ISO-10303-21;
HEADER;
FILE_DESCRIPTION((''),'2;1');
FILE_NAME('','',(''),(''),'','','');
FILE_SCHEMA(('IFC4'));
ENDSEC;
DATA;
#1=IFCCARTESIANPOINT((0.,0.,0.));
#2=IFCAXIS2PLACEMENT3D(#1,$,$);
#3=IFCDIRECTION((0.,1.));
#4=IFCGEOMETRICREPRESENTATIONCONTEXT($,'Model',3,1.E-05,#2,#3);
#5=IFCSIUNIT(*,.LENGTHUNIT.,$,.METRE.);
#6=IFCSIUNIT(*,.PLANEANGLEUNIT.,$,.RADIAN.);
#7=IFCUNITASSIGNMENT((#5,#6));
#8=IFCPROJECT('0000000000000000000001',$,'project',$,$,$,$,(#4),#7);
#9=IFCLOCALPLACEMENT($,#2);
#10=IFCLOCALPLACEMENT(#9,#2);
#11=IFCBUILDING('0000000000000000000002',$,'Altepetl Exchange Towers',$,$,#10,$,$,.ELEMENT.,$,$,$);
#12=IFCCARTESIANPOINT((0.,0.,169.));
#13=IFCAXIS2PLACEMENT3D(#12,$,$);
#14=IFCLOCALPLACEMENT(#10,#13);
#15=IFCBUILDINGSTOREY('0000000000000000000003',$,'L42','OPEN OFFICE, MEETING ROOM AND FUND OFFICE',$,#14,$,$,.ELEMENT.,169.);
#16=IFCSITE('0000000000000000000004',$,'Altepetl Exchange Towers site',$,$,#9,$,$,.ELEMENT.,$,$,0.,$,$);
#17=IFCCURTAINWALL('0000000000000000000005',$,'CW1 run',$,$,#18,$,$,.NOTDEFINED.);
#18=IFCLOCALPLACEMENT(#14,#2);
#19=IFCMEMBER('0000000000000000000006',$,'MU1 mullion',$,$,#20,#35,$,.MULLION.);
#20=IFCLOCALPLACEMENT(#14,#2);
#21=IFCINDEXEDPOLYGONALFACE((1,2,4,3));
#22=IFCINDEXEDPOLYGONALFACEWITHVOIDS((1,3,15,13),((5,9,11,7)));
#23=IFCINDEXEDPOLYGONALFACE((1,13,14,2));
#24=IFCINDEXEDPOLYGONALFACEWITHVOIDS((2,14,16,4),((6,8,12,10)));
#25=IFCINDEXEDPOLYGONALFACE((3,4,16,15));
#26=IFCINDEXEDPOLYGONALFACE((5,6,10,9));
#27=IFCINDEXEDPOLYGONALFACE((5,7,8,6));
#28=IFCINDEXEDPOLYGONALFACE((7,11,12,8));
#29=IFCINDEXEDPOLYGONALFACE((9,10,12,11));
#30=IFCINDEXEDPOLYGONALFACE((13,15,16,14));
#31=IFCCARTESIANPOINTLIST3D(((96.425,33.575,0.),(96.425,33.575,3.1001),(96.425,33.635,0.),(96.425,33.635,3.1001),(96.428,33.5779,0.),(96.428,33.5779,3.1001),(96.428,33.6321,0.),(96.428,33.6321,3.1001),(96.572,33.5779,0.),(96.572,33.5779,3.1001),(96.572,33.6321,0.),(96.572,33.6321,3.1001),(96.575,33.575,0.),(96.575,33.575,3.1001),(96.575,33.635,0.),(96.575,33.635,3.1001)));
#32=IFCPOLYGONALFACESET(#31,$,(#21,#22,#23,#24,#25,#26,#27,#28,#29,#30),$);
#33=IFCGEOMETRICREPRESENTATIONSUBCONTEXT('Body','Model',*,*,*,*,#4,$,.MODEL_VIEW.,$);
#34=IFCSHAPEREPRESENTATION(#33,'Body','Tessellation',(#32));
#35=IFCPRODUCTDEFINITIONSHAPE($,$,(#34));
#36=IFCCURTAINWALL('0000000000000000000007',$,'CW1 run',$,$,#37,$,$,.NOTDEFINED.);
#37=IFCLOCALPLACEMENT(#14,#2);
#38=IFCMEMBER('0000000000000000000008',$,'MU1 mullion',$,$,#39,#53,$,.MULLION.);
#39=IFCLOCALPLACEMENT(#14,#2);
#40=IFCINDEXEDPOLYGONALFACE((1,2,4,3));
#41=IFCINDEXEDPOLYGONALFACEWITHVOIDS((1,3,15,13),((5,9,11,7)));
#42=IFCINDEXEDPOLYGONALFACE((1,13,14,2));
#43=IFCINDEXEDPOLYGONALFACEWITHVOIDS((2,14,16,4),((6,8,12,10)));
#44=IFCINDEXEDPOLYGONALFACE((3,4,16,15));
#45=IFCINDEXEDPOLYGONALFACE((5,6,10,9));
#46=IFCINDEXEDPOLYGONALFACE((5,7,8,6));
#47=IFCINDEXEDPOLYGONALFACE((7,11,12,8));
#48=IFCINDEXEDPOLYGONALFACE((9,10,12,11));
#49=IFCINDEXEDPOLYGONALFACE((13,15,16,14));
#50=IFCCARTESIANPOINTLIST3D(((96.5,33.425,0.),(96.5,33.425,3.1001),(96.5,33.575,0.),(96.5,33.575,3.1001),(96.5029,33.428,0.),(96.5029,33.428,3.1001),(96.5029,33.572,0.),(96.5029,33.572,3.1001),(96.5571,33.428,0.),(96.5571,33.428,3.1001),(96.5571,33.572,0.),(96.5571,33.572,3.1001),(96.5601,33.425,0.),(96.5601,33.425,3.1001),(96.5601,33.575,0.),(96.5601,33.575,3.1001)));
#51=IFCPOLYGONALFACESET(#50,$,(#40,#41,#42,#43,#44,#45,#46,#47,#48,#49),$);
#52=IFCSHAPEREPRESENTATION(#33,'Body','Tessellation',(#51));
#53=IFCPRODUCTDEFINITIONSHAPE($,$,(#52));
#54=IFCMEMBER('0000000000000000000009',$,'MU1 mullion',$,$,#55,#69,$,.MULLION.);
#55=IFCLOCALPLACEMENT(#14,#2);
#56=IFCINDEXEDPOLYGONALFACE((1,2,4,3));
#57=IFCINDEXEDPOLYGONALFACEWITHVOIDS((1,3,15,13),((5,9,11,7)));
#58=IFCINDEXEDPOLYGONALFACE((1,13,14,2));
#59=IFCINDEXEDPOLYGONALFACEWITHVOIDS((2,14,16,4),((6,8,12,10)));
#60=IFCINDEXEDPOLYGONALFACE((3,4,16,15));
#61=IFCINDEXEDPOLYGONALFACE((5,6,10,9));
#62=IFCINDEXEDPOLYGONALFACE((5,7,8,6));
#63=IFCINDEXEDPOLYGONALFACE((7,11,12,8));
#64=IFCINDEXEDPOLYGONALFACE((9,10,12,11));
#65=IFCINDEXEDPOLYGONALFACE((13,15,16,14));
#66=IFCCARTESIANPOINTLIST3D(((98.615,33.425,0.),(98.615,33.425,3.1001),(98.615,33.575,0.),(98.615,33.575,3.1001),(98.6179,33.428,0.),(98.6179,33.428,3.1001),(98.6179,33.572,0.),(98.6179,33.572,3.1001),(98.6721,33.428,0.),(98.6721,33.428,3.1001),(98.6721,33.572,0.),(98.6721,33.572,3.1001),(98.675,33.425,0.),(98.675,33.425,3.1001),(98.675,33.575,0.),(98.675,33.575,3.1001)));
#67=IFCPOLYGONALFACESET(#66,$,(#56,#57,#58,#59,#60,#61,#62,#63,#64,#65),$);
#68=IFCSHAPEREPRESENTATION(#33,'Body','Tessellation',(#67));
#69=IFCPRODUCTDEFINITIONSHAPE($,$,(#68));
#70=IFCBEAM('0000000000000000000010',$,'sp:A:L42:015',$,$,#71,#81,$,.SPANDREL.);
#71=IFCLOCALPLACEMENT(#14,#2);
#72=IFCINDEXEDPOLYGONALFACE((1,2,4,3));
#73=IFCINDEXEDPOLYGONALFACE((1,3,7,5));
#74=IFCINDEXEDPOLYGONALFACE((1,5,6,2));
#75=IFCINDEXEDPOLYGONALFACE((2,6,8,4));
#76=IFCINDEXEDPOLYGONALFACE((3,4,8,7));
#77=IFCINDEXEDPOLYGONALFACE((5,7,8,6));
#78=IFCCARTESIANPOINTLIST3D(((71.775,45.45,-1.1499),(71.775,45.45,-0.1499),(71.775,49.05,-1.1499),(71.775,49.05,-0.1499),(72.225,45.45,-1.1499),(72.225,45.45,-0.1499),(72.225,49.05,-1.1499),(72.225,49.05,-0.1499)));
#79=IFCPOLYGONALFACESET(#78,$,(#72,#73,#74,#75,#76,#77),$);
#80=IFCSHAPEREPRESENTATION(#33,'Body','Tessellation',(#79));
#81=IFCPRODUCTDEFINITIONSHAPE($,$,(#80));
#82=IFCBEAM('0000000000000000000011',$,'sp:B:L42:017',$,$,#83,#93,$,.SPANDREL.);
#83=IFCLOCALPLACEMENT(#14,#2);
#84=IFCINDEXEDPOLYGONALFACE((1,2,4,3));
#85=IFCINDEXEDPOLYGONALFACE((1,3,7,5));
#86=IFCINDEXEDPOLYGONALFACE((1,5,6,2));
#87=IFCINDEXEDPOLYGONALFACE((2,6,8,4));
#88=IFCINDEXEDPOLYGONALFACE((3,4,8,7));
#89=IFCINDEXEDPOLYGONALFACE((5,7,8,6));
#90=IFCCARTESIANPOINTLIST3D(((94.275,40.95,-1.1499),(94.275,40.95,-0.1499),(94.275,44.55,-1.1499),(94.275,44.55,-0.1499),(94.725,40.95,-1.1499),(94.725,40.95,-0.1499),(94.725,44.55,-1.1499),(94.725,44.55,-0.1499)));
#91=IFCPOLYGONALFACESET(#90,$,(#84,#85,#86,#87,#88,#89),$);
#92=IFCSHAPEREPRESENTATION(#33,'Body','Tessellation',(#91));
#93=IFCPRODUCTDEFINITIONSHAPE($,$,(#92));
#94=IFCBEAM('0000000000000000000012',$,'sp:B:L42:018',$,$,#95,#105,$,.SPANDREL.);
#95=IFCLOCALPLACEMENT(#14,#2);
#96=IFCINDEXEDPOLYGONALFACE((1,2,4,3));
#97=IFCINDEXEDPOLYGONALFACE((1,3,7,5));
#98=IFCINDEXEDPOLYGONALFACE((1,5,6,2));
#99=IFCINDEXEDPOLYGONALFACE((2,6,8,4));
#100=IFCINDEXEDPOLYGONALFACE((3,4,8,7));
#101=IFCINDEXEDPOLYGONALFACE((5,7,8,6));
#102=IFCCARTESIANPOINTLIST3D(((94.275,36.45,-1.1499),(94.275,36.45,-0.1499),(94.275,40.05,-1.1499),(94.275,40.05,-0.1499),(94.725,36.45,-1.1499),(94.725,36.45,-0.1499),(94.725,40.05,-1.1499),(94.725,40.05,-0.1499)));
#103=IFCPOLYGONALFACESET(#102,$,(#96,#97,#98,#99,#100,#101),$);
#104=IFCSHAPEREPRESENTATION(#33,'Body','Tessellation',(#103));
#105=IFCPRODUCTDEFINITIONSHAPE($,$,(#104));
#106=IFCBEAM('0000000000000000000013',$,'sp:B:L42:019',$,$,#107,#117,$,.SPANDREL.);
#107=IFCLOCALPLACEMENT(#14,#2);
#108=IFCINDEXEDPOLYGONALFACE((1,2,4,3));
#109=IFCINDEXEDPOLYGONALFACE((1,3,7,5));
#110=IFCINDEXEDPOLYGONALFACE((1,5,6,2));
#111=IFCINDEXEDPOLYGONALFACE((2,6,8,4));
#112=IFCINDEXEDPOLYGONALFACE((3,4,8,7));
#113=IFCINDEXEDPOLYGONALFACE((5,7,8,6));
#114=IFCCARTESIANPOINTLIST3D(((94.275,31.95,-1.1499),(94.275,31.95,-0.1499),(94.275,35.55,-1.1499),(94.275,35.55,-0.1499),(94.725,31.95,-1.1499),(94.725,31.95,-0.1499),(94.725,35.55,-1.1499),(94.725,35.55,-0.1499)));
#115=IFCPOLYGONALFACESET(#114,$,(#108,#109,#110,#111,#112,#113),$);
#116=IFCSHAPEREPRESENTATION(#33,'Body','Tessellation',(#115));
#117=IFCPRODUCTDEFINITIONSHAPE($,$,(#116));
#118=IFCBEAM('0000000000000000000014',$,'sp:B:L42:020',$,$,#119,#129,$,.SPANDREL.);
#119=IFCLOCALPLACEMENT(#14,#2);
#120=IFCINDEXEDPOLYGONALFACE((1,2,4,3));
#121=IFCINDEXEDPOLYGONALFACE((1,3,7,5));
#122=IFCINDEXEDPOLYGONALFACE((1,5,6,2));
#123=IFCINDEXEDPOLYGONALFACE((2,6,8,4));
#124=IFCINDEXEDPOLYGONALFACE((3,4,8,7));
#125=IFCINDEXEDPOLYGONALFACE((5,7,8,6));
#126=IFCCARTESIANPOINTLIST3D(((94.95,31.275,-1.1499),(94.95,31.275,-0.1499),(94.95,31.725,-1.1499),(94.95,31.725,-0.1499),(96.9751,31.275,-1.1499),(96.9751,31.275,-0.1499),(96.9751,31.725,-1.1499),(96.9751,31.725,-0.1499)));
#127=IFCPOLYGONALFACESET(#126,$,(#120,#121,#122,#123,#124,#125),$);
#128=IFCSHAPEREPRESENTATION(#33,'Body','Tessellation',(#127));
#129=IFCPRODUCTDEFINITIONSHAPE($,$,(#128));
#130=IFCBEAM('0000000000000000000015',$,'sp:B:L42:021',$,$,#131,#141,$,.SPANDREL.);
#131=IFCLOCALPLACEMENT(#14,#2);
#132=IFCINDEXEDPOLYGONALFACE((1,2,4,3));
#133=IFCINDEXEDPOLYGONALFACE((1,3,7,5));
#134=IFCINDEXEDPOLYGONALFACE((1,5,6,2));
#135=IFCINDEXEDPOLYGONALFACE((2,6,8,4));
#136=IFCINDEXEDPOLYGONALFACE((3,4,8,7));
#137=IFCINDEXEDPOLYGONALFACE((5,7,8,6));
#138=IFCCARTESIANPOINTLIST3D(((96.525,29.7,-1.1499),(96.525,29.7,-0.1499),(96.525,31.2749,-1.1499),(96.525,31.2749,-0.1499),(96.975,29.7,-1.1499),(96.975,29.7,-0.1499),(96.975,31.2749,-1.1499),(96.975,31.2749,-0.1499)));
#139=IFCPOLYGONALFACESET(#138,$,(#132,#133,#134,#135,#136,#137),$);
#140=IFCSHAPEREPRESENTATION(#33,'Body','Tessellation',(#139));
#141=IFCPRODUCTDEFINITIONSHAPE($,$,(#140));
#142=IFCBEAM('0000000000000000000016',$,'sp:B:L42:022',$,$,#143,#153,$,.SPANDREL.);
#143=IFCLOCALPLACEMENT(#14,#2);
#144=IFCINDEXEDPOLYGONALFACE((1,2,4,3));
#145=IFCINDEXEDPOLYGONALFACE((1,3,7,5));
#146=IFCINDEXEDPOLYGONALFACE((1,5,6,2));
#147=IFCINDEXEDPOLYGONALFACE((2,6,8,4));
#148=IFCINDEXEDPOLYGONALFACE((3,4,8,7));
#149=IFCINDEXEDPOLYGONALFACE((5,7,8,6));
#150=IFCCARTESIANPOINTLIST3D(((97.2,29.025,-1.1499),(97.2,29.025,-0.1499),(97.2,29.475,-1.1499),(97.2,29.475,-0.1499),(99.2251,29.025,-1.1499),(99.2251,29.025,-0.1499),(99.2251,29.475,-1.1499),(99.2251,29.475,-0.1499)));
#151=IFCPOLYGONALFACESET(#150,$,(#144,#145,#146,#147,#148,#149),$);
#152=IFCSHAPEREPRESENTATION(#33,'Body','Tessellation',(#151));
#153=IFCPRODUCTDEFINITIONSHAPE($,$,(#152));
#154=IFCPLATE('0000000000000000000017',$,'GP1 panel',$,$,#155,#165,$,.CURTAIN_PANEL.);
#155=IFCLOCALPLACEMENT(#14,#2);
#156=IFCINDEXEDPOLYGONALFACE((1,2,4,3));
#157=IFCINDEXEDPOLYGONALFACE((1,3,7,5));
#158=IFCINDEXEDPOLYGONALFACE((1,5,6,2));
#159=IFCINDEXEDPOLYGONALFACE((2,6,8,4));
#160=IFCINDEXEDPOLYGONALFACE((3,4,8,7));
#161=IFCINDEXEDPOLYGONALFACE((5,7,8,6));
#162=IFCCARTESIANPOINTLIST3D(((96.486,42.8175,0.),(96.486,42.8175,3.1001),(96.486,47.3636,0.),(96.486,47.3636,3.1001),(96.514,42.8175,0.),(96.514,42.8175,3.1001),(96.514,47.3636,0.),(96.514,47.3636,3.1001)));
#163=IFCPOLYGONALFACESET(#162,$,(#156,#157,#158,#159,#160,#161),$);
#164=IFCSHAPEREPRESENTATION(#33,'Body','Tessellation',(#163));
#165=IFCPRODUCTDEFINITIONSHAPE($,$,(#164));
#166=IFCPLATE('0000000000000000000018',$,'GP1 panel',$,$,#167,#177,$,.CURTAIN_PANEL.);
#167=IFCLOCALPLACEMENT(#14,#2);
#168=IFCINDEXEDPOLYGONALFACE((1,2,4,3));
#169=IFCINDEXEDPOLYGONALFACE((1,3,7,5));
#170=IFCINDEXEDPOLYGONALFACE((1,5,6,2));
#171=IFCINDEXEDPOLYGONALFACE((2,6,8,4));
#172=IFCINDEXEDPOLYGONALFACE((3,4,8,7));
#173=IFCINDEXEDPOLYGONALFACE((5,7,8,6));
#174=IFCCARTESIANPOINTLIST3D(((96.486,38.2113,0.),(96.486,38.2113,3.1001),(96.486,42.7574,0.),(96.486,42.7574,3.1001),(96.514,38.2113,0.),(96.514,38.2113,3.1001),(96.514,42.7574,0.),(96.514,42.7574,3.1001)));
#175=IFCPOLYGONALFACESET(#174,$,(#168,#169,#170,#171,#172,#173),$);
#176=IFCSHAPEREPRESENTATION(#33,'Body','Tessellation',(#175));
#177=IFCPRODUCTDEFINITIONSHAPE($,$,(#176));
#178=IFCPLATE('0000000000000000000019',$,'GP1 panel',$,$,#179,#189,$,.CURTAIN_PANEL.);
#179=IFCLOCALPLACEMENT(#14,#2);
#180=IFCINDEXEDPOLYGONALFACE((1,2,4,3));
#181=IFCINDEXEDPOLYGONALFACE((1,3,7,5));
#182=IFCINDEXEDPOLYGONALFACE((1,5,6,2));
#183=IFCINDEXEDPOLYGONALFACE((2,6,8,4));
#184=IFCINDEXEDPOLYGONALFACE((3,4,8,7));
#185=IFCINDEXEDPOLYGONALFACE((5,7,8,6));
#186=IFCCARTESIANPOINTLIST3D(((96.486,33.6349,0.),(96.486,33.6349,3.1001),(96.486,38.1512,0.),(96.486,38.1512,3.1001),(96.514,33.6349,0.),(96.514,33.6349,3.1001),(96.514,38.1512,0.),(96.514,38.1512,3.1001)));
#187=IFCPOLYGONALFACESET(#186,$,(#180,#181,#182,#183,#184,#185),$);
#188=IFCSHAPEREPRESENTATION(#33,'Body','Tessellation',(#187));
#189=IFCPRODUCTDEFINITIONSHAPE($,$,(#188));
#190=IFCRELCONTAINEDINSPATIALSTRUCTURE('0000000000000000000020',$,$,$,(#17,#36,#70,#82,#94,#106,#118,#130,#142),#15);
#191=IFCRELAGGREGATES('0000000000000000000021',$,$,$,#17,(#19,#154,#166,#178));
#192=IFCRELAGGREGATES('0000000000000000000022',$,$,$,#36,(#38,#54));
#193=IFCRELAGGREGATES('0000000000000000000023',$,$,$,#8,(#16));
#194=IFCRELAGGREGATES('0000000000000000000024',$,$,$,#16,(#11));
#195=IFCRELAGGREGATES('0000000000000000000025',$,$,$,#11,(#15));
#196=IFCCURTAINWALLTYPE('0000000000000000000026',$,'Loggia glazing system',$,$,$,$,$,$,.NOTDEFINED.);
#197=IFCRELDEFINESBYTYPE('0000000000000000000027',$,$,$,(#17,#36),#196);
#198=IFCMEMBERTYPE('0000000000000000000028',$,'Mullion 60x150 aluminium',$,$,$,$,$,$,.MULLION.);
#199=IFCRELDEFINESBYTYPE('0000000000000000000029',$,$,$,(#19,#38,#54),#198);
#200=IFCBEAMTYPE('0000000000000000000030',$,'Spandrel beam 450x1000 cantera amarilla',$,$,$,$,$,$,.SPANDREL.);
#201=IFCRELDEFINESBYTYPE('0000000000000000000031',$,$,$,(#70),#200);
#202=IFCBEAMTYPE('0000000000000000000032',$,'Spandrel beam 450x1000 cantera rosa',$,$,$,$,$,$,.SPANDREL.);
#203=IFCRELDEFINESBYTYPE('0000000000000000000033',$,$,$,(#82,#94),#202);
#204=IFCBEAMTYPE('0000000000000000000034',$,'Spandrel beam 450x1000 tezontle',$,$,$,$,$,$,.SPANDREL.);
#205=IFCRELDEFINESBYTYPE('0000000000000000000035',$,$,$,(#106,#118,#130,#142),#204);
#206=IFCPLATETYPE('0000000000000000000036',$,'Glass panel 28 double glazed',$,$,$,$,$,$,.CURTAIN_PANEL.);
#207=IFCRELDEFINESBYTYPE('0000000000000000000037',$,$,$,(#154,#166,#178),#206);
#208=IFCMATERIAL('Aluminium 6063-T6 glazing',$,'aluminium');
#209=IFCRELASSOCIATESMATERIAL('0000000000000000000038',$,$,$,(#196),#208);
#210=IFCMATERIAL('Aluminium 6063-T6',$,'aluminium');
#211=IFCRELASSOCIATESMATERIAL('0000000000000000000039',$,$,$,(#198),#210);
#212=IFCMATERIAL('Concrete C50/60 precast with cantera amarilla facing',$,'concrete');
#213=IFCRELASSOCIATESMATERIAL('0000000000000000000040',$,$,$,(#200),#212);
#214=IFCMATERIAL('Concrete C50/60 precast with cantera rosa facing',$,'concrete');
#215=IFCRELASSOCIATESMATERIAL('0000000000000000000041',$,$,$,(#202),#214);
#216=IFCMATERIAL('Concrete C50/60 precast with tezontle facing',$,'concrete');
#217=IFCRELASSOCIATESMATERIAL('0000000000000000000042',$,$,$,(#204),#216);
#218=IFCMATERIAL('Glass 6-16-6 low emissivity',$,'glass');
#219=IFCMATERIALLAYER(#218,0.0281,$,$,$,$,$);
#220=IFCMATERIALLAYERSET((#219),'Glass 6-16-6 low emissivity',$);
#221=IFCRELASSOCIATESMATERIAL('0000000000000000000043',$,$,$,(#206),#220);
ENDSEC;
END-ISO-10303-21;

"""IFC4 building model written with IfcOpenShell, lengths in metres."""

from ifc_helpers import new_model, si_unit, direction, frame, origin, origin_2d, place, context, subcontext, project, spatial, rectangle, hollow_rectangle, extrude, material, layer, layer_set, material_profile, profile_set, type_object, element, aggregate, save


model = new_model("IFC4")

# Units and contexts
model_context = context("Model", 3, precision=1e-05, world=origin(), true_north=direction((0.0, 1.0)))
body_context = subcontext(model_context, "Body", "Model", "MODEL_VIEW")
ifc_project = project(units=[si_unit("LENGTHUNIT", "METRE"), si_unit("PLANEANGLEUNIT", "RADIAN")], contexts=[model_context])

# Site, building, storey
site_placement = place(None, origin())
site = spatial("IfcSite", under=ifc_project, at=site_placement, Name="Altepetl Exchange Towers site", CompositionType="ELEMENT", RefElevation=0.0)
building_placement = place(site_placement, origin())
building = spatial("IfcBuilding", under=site, at=building_placement, Name="Altepetl Exchange Towers", CompositionType="ELEMENT")
storey_placement = place(building_placement, frame((0.0, 0.0, 169.0)))
storey = spatial("IfcBuildingStorey", under=building, at=storey_placement, Name="L42", Description="OPEN OFFICE, MEETING ROOM AND FUND OFFICE", CompositionType="ELEMENT", Elevation=169.0)

# Curtain walls, members
ifc_material_1 = material(Name="Aluminium 6063-T6 glazing", Category="aluminium")
curtain_wall_type = type_object("IfcCurtainWallType", Name="Loggia glazing system", PredefinedType="NOTDEFINED", material=ifc_material_1)
curtain_wall_1_placement = place(storey_placement, origin())
curtain_wall_1 = element("IfcCurtainWall", 1, at=curtain_wall_1_placement, inside=storey, type_object=curtain_wall_type, Name="CW1 run", PredefinedType="NOTDEFINED")
ifc_material_2 = material(Name="Aluminium 6063-T6", Category="aluminium")
ifc_material_profile_1 = material_profile(ifc_material_2, hollow_rectangle(XDim=0.0601, YDim=0.1499, WallThickness=0.0029, at=origin_2d()), Name="Mullion 60x150 aluminium")
ifc_profile_set_1 = profile_set([ifc_material_profile_1], Name="Aluminium 6063-T6")
member_type = type_object("IfcMemberType", Name="Mullion 60x150 aluminium", PredefinedType="MULLION", material=ifc_profile_set_1)
member_1_placement = place(storey_placement, frame((96.5, 33.605, 0.0), z_axis=(0.0, 0.0, 1.0), x_axis=(0.0, -1.0, 0.0)))
member_1 = element("IfcMember", 2, at=member_1_placement, type_object=member_type, Name="MU1 mullion", PredefinedType="MULLION", context=body_context, shape_type="SweptSolid", body=[
    extrude(hollow_rectangle(XDim=0.0601, YDim=0.1499, WallThickness=0.0029, at=origin_2d()), origin(), (0.0, 0.0, 1.0), 3.1001),
])
curtain_wall_2_placement = place(storey_placement, origin())
curtain_wall_2 = element("IfcCurtainWall", 3, at=curtain_wall_2_placement, inside=storey, type_object=curtain_wall_type, Name="CW1 run", PredefinedType="NOTDEFINED")
member_2_placement = place(storey_placement, frame((96.53, 33.5, 0.0)))
member_2 = element("IfcMember", 4, at=member_2_placement, type_object=member_type, Name="MU1 mullion", PredefinedType="MULLION", context=body_context, shape_type="SweptSolid", body=[
    extrude(hollow_rectangle(XDim=0.0601, YDim=0.1499, WallThickness=0.0029, at=origin_2d()), origin(), (0.0, 0.0, 1.0), 3.1001),
])
member_3_placement = place(storey_placement, frame((98.645, 33.5, 0.0)))
member_3 = element("IfcMember", 5, at=member_3_placement, type_object=member_type, Name="MU1 mullion", PredefinedType="MULLION", context=body_context, shape_type="SweptSolid", body=[
    extrude(hollow_rectangle(XDim=0.0601, YDim=0.1499, WallThickness=0.0029, at=origin_2d()), origin(), (0.0, 0.0, 1.0), 3.1001),
])

# Beams
ifc_material_3 = material(Name="Concrete C50/60 precast with cantera amarilla facing", Category="concrete")
ifc_material_profile_2 = material_profile(ifc_material_3, rectangle(XDim=0.45, YDim=1.0, at=origin_2d()), Name="450 x 1000")
ifc_profile_set_2 = profile_set([ifc_material_profile_2], Name="Concrete C50/60 precast with cantera amarilla facing")
beam_type_1 = type_object("IfcBeamType", Name="Spandrel beam 450x1000 cantera amarilla", PredefinedType="SPANDREL", material=ifc_profile_set_2)
beam_1_placement = place(storey_placement, frame((72.0, 45.45, -0.6499), z_axis=(0.0, 1.0, 0.0), x_axis=(-1.0, 0.0, 0.0)))
element("IfcBeam", 6, at=beam_1_placement, inside=storey, type_object=beam_type_1, Name="sp:A:L42:015", PredefinedType="SPANDREL", context=body_context, shape_type="SweptSolid", body=[
    extrude(rectangle(XDim=0.45, YDim=1.0, at=origin_2d()), origin(), (0.0, 0.0, 1.0), 3.6001),
])
ifc_material_4 = material(Name="Concrete C50/60 precast with cantera rosa facing", Category="concrete")
ifc_material_profile_3 = material_profile(ifc_material_4, rectangle(XDim=0.45, YDim=1.0, at=origin_2d()), Name="450 x 1000")
ifc_profile_set_3 = profile_set([ifc_material_profile_3], Name="Concrete C50/60 precast with cantera rosa facing")
beam_type_2 = type_object("IfcBeamType", Name="Spandrel beam 450x1000 cantera rosa", PredefinedType="SPANDREL", material=ifc_profile_set_3)
for number, where, z_axis, x_axis, name in (
    (7, (94.5, 44.55, -0.6499), (0.0, -1.0, 0.0), (1.0, 0.0, 0.0), "sp:B:L42:017"),
    (8, (94.5, 40.05, -0.6499), (0.0, -1.0, 0.0), (1.0, 0.0, 0.0), "sp:B:L42:018"),
):
    element("IfcBeam", number, at=place(storey_placement, frame(where, z_axis=z_axis, x_axis=x_axis)), inside=storey, type_object=beam_type_2, Name=name, PredefinedType="SPANDREL", context=body_context, shape_type="SweptSolid", body=[
        extrude(rectangle(XDim=0.45, YDim=1.0, at=origin_2d()), origin(), (0.0, 0.0, 1.0), 3.6001),
    ])
ifc_material_5 = material(Name="Concrete C50/60 precast with tezontle facing", Category="concrete")
ifc_material_profile_4 = material_profile(ifc_material_5, rectangle(XDim=0.45, YDim=1.0, at=origin_2d()), Name="450 x 1000")
ifc_profile_set_4 = profile_set([ifc_material_profile_4], Name="Concrete C50/60 precast with tezontle facing")
beam_type_3 = type_object("IfcBeamType", Name="Spandrel beam 450x1000 tezontle", PredefinedType="SPANDREL", material=ifc_profile_set_4)
beam_2_placement = place(storey_placement, frame((94.5, 35.55, -0.6499), z_axis=(0.0, -1.0, 0.0), x_axis=(1.0, 0.0, 0.0)))
element("IfcBeam", 9, at=beam_2_placement, inside=storey, type_object=beam_type_3, Name="sp:B:L42:019", PredefinedType="SPANDREL", context=body_context, shape_type="SweptSolid", body=[
    extrude(rectangle(XDim=0.45, YDim=1.0, at=origin_2d()), origin(), (0.0, 0.0, 1.0), 3.6001),
])
beam_3_placement = place(storey_placement, frame((94.95, 31.5, -0.6499), z_axis=(1.0, 0.0, 0.0), x_axis=(0.0, 1.0, 0.0)))
element("IfcBeam", 10, at=beam_3_placement, inside=storey, type_object=beam_type_3, Name="sp:B:L42:020", PredefinedType="SPANDREL", context=body_context, shape_type="SweptSolid", body=[
    extrude(rectangle(XDim=0.45, YDim=1.0, at=origin_2d()), origin(), (0.0, 0.0, 1.0), 2.0251),
])
beam_4_placement = place(storey_placement, frame((96.75, 31.2749, -0.6499), z_axis=(0.0, -1.0, 0.0), x_axis=(1.0, 0.0, 0.0)))
element("IfcBeam", 11, at=beam_4_placement, inside=storey, type_object=beam_type_3, Name="sp:B:L42:021", PredefinedType="SPANDREL", context=body_context, shape_type="SweptSolid", body=[
    extrude(rectangle(XDim=0.45, YDim=1.0, at=origin_2d()), origin(), (0.0, 0.0, 1.0), 1.575),
])
beam_5_placement = place(storey_placement, frame((97.2, 29.25, -0.6499), z_axis=(1.0, 0.0, 0.0), x_axis=(0.0, 1.0, 0.0)))
element("IfcBeam", 12, at=beam_5_placement, inside=storey, type_object=beam_type_3, Name="sp:B:L42:022", PredefinedType="SPANDREL", context=body_context, shape_type="SweptSolid", body=[
    extrude(rectangle(XDim=0.45, YDim=1.0, at=origin_2d()), origin(), (0.0, 0.0, 1.0), 2.0251),
])

# Plates
ifc_material_6 = material(Name="Glass 6-16-6 low emissivity", Category="glass")
ifc_layer_1 = layer(ifc_material_6, 0.0281)
ifc_layer_set_1 = layer_set([ifc_layer_1], Name="Glass 6-16-6 low emissivity")
plate_type = type_object("IfcPlateType", Name="Glass panel 28 double glazed", PredefinedType="CURTAIN_PANEL", material=ifc_layer_set_1)
plate_1_placement = place(storey_placement, frame((96.5, 45.0906, 0.0), z_axis=(0.0, 0.0, 1.0), x_axis=(0.0, -1.0, 0.0)))
plate_1 = element("IfcPlate", 13, at=plate_1_placement, type_object=plate_type, Name="GP1 panel", PredefinedType="CURTAIN_PANEL", context=body_context, shape_type="SweptSolid", body=[
    extrude(rectangle(XDim=4.5461, YDim=0.0281, at=origin_2d()), origin(), (0.0, 0.0, 1.0), 3.1001),
])
plate_2_placement = place(storey_placement, frame((96.5, 40.4844, 0.0), z_axis=(0.0, 0.0, 1.0), x_axis=(0.0, -1.0, 0.0)))
plate_2 = element("IfcPlate", 14, at=plate_2_placement, type_object=plate_type, Name="GP1 panel", PredefinedType="CURTAIN_PANEL", context=body_context, shape_type="SweptSolid", body=[
    extrude(rectangle(XDim=4.5461, YDim=0.0281, at=origin_2d()), origin(), (0.0, 0.0, 1.0), 3.1001),
])
plate_3_placement = place(storey_placement, frame((96.5, 35.8931, 0.0), z_axis=(0.0, 0.0, 1.0), x_axis=(0.0, -1.0, 0.0)))
plate_3 = element("IfcPlate", 15, at=plate_3_placement, type_object=plate_type, Name="GP1 panel", PredefinedType="CURTAIN_PANEL", context=body_context, shape_type="SweptSolid", body=[
    extrude(rectangle(XDim=4.5164, YDim=0.0281, at=origin_2d()), origin(), (0.0, 0.0, 1.0), 3.1001),
])
aggregate(curtain_wall_1, [member_1, plate_1, plate_2, plate_3])
aggregate(curtain_wall_2, [member_2, member_3])

save(model, "model.ifc")
